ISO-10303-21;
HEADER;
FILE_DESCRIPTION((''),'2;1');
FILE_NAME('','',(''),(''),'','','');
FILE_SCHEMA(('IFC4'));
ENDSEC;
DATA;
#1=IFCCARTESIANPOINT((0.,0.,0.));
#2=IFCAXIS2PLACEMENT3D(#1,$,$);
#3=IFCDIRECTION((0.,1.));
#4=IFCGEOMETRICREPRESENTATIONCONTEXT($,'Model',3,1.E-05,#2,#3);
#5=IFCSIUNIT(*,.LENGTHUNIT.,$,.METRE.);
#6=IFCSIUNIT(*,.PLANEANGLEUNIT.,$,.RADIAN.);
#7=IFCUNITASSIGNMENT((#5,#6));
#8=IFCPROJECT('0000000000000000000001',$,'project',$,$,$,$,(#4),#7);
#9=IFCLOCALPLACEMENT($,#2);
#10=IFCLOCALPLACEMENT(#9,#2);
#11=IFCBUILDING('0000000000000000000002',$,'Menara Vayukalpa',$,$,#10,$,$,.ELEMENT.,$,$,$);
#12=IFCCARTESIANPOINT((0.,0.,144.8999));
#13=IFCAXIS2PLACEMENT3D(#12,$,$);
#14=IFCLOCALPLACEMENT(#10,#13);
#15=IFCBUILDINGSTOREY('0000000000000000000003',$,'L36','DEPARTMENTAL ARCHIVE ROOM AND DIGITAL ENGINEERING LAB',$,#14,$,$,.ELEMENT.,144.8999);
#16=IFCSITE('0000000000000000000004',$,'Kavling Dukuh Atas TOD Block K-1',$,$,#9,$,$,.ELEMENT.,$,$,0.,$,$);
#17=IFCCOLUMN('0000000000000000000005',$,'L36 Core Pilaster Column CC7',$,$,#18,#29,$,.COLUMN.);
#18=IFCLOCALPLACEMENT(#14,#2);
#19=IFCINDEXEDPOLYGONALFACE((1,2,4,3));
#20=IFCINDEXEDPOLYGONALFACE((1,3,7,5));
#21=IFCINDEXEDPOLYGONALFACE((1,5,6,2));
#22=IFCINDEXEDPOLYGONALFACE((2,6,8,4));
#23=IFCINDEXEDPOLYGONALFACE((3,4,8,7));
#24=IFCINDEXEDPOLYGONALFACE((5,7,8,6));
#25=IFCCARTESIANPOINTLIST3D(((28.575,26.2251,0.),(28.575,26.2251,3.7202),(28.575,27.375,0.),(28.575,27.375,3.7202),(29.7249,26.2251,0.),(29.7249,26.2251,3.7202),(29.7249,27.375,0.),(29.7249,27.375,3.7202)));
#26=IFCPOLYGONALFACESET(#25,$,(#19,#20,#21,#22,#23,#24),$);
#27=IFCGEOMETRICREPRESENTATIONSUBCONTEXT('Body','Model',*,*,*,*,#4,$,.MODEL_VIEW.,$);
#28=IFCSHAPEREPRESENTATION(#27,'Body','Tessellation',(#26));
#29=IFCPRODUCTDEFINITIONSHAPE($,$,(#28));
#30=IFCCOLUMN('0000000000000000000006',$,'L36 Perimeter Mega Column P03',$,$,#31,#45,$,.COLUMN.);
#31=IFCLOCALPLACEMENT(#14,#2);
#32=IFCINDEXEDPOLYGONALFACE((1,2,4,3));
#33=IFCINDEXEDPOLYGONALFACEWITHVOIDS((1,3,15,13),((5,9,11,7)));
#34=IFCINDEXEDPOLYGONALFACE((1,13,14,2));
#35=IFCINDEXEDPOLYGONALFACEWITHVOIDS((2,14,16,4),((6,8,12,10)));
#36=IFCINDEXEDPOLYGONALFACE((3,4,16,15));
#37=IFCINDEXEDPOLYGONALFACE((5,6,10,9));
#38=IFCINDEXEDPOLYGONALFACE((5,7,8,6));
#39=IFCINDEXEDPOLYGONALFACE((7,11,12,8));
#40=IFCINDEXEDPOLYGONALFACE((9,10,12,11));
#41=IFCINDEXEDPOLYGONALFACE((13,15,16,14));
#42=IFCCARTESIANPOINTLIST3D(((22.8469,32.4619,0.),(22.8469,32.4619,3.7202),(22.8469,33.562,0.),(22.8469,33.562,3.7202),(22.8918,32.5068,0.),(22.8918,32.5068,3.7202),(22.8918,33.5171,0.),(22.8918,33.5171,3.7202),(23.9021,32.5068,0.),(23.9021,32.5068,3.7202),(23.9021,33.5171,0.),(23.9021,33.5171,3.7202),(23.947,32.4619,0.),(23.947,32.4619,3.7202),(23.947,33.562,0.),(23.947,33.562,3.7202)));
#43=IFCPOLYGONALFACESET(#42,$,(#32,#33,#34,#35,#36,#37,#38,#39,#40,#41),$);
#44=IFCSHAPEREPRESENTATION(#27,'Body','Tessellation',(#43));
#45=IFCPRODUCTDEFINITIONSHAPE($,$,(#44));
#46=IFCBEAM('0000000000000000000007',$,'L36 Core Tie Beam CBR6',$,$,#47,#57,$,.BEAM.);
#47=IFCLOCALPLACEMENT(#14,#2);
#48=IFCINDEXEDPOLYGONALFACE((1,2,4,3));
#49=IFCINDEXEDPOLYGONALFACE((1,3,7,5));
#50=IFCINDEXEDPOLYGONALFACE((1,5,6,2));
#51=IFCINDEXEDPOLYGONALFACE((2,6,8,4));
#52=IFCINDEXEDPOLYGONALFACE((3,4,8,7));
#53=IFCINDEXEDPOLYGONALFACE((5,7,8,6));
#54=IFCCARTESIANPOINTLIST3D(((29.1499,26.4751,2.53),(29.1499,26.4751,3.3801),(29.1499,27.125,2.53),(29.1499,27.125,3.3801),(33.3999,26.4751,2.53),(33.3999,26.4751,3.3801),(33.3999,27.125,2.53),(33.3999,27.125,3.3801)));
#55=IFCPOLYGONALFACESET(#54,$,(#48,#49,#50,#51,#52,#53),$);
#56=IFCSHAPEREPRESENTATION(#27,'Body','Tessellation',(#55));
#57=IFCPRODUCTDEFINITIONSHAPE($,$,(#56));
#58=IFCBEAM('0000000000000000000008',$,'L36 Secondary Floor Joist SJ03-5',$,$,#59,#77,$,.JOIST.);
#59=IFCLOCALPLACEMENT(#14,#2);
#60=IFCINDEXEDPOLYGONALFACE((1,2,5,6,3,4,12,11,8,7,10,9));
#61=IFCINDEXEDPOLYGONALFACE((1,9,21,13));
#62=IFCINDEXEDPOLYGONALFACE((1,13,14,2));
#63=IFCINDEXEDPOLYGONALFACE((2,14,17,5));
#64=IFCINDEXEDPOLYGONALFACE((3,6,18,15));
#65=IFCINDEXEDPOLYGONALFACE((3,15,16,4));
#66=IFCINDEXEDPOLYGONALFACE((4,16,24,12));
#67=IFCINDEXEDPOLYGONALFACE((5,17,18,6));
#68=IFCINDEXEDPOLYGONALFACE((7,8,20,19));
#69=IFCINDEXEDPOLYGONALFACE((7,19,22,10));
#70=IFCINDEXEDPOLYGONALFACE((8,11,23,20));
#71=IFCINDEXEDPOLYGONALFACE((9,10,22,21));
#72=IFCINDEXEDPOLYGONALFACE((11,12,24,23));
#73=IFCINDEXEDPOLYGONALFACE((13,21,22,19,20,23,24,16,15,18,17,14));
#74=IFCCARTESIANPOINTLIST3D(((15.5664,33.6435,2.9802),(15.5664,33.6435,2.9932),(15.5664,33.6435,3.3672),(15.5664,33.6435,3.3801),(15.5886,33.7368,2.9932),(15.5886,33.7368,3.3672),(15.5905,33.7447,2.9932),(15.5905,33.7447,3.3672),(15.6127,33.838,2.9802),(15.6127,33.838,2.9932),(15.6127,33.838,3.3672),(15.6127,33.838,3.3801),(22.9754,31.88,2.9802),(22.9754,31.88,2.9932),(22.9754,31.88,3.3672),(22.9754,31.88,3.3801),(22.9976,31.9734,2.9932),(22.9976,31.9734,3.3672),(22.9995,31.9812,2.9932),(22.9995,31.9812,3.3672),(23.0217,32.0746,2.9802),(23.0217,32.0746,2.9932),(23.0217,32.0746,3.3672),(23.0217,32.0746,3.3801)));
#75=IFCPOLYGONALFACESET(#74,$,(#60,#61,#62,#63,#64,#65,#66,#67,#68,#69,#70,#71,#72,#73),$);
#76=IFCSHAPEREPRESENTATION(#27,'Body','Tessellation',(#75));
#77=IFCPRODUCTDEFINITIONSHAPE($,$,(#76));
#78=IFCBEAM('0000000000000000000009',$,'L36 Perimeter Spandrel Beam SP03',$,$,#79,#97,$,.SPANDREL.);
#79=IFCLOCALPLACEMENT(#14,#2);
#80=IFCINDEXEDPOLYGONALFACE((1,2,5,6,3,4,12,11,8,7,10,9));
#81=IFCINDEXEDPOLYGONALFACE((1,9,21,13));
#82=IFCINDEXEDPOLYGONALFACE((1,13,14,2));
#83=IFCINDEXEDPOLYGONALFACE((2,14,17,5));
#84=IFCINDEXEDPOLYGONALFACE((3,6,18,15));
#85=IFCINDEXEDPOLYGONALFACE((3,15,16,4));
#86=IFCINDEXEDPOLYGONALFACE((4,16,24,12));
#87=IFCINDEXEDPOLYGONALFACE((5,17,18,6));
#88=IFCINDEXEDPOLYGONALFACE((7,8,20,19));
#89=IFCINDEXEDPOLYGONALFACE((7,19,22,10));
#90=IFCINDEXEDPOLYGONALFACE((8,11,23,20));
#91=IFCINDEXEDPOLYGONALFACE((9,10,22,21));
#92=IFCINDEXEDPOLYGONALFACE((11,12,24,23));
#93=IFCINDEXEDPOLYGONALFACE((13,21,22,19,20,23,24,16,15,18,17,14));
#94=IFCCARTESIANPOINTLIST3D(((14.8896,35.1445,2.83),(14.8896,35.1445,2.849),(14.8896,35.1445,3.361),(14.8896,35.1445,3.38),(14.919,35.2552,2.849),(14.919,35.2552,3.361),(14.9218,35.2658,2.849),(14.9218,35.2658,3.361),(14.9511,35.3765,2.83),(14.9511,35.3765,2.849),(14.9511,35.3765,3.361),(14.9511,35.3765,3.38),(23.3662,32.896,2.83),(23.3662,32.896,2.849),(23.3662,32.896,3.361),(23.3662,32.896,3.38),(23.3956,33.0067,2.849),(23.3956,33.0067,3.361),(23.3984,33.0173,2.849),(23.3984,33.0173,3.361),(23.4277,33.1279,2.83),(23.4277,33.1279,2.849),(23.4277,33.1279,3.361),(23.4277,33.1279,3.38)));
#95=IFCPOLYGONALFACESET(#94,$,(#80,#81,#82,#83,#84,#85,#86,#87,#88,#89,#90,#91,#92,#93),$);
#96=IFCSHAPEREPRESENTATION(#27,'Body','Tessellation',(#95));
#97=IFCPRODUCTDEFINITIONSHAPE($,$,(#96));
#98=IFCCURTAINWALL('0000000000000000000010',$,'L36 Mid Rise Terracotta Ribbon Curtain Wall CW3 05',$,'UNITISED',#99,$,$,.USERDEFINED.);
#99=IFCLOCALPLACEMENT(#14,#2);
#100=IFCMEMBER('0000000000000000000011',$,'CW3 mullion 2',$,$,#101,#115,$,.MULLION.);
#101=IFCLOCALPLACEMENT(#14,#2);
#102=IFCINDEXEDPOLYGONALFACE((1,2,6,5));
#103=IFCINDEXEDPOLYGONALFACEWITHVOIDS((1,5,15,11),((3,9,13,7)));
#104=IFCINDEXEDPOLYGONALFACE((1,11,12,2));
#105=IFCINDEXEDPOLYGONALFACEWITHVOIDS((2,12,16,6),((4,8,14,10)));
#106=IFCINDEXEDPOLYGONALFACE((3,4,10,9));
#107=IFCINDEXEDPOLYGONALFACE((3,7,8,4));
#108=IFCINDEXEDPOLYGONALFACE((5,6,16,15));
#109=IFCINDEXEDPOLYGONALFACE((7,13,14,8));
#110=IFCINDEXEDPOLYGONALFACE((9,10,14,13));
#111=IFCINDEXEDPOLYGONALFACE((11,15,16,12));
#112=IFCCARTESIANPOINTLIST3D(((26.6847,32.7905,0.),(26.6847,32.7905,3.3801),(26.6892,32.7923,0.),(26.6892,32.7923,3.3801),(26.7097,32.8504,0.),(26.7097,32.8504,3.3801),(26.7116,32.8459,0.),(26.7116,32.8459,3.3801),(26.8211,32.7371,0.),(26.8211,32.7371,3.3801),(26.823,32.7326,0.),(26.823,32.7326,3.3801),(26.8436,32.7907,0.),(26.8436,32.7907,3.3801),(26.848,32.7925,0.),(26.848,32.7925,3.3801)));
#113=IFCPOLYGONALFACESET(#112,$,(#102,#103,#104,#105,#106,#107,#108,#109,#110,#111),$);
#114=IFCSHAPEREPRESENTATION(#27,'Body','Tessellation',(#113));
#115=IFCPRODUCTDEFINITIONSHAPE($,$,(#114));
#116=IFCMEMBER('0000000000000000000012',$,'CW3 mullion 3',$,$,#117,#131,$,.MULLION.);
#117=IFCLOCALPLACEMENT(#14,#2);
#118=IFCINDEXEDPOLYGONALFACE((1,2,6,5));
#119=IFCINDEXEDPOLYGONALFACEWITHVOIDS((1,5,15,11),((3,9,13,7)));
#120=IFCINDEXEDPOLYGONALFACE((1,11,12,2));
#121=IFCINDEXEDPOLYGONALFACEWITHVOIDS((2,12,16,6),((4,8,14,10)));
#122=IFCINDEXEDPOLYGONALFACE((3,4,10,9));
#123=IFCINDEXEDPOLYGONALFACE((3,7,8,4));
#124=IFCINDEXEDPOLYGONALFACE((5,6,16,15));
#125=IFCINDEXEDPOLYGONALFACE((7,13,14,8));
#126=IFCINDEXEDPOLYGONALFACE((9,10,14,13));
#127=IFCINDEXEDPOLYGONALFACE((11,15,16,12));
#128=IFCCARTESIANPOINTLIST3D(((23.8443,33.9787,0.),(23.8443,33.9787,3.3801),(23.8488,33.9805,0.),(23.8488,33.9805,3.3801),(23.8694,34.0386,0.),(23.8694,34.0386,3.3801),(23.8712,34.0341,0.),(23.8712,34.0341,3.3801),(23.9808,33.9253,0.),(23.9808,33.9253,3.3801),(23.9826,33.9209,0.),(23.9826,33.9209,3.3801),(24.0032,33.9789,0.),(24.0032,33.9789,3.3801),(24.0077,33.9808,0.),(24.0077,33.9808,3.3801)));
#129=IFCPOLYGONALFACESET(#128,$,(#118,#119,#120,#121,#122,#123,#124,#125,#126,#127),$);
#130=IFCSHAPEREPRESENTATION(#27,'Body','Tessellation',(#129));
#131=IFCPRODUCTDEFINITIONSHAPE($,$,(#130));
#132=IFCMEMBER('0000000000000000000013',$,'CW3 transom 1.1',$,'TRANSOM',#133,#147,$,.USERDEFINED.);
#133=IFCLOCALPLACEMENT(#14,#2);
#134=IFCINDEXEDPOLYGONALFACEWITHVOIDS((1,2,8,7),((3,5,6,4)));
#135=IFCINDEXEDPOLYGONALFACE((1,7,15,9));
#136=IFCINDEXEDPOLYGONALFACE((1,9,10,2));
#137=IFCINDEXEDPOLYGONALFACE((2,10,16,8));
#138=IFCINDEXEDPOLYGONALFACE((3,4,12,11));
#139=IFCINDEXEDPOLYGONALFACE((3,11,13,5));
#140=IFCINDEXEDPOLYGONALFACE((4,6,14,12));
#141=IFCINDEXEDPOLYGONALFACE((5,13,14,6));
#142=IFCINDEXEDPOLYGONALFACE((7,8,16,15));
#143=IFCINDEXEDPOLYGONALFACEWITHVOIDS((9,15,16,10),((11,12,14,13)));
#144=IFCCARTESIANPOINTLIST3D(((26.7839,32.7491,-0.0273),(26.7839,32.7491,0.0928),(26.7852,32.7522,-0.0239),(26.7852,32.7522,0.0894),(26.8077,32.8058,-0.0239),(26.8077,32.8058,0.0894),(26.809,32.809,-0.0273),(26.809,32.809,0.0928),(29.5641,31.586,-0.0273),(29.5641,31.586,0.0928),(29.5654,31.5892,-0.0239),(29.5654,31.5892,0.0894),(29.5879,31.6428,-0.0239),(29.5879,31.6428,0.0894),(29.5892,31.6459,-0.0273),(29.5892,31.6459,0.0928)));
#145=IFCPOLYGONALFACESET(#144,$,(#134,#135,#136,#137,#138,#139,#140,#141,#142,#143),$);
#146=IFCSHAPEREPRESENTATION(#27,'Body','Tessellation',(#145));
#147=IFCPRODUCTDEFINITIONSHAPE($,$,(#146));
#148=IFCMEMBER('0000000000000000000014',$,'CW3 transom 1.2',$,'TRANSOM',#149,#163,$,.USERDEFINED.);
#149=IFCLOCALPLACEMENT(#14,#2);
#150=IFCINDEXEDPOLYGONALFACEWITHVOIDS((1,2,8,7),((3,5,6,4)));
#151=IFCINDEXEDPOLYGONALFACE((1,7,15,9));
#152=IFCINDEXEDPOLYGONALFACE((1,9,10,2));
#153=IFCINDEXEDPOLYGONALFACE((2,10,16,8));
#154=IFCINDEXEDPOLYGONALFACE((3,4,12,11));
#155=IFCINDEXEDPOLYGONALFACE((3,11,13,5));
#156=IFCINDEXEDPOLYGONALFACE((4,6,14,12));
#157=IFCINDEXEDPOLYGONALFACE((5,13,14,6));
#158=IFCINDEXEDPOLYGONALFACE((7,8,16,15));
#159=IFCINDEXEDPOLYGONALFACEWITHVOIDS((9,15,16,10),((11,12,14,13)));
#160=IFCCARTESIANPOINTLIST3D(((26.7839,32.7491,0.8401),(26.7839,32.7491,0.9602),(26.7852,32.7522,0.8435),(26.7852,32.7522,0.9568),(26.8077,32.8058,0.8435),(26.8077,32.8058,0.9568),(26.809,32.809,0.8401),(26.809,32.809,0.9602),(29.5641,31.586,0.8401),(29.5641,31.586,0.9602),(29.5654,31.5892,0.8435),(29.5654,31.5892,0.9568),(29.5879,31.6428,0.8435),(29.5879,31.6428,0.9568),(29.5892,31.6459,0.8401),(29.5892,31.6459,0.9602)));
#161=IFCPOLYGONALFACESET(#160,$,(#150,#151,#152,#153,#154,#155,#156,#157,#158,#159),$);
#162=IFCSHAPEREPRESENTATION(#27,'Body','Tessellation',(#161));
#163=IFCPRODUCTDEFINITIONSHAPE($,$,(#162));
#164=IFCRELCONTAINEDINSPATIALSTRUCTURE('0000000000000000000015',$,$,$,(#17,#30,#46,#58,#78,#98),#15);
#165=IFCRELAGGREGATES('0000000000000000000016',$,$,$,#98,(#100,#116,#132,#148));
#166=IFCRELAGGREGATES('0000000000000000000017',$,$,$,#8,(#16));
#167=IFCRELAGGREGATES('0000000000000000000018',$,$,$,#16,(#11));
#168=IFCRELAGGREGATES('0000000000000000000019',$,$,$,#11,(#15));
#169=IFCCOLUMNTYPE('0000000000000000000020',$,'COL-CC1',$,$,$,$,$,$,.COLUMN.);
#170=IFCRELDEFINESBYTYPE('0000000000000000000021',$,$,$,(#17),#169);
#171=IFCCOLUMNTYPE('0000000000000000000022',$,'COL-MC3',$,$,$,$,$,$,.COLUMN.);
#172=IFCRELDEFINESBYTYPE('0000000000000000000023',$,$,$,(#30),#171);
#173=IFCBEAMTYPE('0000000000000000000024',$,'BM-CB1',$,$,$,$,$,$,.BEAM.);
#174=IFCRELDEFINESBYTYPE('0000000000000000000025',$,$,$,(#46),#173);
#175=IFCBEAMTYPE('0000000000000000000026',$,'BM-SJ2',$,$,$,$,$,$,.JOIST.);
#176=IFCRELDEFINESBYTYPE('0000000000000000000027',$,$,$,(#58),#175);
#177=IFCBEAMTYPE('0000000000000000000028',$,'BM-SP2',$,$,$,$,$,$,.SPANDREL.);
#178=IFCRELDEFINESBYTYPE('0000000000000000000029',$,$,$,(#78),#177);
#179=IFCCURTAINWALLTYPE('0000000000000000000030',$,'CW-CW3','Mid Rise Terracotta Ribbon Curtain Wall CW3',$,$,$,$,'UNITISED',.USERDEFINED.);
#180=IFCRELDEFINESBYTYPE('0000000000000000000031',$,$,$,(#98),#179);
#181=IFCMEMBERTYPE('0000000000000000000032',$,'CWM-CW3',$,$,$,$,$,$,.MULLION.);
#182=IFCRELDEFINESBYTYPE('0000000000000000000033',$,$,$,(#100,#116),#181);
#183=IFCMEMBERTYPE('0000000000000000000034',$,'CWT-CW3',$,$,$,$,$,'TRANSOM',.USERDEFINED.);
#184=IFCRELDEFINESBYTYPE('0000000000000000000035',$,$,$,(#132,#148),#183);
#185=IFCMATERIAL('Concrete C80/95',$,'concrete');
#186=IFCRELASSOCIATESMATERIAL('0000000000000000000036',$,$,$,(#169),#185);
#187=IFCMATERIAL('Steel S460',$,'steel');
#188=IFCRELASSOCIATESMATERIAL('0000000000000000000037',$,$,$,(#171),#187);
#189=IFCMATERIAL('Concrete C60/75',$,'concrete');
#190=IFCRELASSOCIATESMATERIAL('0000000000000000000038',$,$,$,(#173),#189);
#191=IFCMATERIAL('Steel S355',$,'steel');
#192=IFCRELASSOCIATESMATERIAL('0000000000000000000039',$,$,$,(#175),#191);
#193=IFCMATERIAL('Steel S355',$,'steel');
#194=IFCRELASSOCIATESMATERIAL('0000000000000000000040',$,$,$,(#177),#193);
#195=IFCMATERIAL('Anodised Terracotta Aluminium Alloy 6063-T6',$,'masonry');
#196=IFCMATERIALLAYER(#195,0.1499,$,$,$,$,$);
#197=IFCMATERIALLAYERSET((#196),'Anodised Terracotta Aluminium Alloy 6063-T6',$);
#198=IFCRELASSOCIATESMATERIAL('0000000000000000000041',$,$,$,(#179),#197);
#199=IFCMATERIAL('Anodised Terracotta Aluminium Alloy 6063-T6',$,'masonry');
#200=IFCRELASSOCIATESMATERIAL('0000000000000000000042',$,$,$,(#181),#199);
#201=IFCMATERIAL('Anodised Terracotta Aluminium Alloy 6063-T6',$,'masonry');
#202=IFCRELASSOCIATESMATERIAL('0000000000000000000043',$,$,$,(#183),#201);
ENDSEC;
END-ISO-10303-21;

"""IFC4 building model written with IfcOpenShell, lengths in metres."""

from ifc_helpers import new_model, si_unit, direction, frame, origin, origin_2d, place, context, subcontext, project, spatial, rectangle, hollow_rectangle, i_section, extrude, material, layer, layer_set, material_profile, profile_set, type_object, element, aggregate, save


model = new_model("IFC4")

# Units and contexts
model_context = context("Model", 3, precision=1e-05, world=origin(), true_north=direction((0.0, 1.0)))
body_context = subcontext(model_context, "Body", "Model", "MODEL_VIEW")
ifc_project = project(units=[si_unit("LENGTHUNIT", "METRE"), si_unit("PLANEANGLEUNIT", "RADIAN")], contexts=[model_context])

# Site, building, storey
site_placement = place(None, origin())
site = spatial("IfcSite", under=ifc_project, at=site_placement, Name="Kavling Dukuh Atas TOD Block K-1", CompositionType="ELEMENT", RefElevation=0.0)
building_placement = place(site_placement, origin())
building = spatial("IfcBuilding", under=site, at=building_placement, Name="Menara Vayukalpa", CompositionType="ELEMENT")
storey_placement = place(building_placement, frame((0.0, 0.0, 144.8999)))
storey = spatial("IfcBuildingStorey", under=building, at=storey_placement, Name="L36", Description="DEPARTMENTAL ARCHIVE ROOM AND DIGITAL ENGINEERING LAB", CompositionType="ELEMENT", Elevation=144.8999)

# Columns
ifc_material_1 = material(Name="Concrete C80/95", Category="concrete")
ifc_material_profile_1 = material_profile(ifc_material_1, rectangle(XDim=1.1499, YDim=1.1499, at=origin_2d()), Name="RC 1150x1150")
ifc_profile_set_1 = profile_set([ifc_material_profile_1], Name="Concrete C80/95")
column_type_1 = type_object("IfcColumnType", Name="COL-CC1", PredefinedType="COLUMN", material=ifc_profile_set_1)
column_1_placement = place(storey_placement, frame((29.1499, 26.8, 0.0), z_axis=(0.0, 0.0, 1.0), x_axis=(1.0, 0.0, 0.0)))
element("IfcColumn", 1, at=column_1_placement, inside=storey, type_object=column_type_1, Name="L36 Core Pilaster Column CC7", PredefinedType="COLUMN", context=body_context, shape_type="SweptSolid", body=[
    extrude(rectangle(XDim=1.1499, YDim=1.1499, at=origin_2d()), origin(), (0.0, 0.0, 1.0), 3.7202),
])
ifc_material_2 = material(Name="Steel S460", Category="steel")
ifc_material_profile_2 = material_profile(ifc_material_2, hollow_rectangle(XDim=1.1001, YDim=1.1001, WallThickness=0.0449, at=origin_2d()), Name="BOX 1100x1100x45")
ifc_profile_set_2 = profile_set([ifc_material_profile_2], Name="Steel S460")
column_type_2 = type_object("IfcColumnType", Name="COL-MC3", PredefinedType="COLUMN", material=ifc_profile_set_2)
column_2_placement = place(storey_placement, frame((23.397, 33.012, 0.0), z_axis=(0.0, 0.0, 1.0), x_axis=(1.0, 0.0, 0.0)))
element("IfcColumn", 2, at=column_2_placement, inside=storey, type_object=column_type_2, Name="L36 Perimeter Mega Column P03", PredefinedType="COLUMN", context=body_context, shape_type="SweptSolid", body=[
    extrude(hollow_rectangle(XDim=1.1001, YDim=1.1001, WallThickness=0.0449, at=origin_2d()), origin(), (0.0, 0.0, 1.0), 3.7202),
])

# Beams
ifc_material_3 = material(Name="Concrete C60/75", Category="concrete")
ifc_material_profile_3 = material_profile(ifc_material_3, rectangle(XDim=0.6499, YDim=0.8501, at=origin_2d()), Name="RC 650x850")
ifc_profile_set_3 = profile_set([ifc_material_profile_3], Name="Concrete C60/75")
beam_type_1 = type_object("IfcBeamType", Name="BM-CB1", PredefinedType="BEAM", material=ifc_profile_set_3)
beam_1_placement = place(storey_placement, frame((29.1499, 26.8, 2.9551), z_axis=(1.0, 0.0, 0.0), x_axis=(0.0, 1.0, 0.0)))
element("IfcBeam", 3, at=beam_1_placement, inside=storey, type_object=beam_type_1, Name="L36 Core Tie Beam CBR6", PredefinedType="BEAM", context=body_context, shape_type="SweptSolid", body=[
    extrude(rectangle(XDim=0.6499, YDim=0.8501, at=origin_2d()), origin(), (0.0, 0.0, 1.0), 4.25),
])
ifc_material_4 = material(Name="Steel S355", Category="steel")
ifc_material_profile_4 = material_profile(ifc_material_4, i_section(OverallWidth=0.2, OverallDepth=0.3999, WebThickness=0.0081, FlangeThickness=0.0129, at=origin_2d()), Name="WF 400x200x8x13")
ifc_profile_set_4 = profile_set([ifc_material_profile_4], Name="Steel S355")
beam_type_2 = type_object("IfcBeamType", Name="BM-SJ2", PredefinedType="JOIST", material=ifc_profile_set_4)
beam_2_placement = place(storey_placement, frame((22.9985, 31.9773, 3.1802), z_axis=(-0.972824, 0.231545, 0.0), x_axis=(-0.231545, -0.972824, 0.0)))
element("IfcBeam", 4, at=beam_2_placement, inside=storey, type_object=beam_type_2, Name="L36 Secondary Floor Joist SJ03-5", PredefinedType="JOIST", context=body_context, shape_type="SweptSolid", body=[
    extrude(i_section(OverallWidth=0.2, OverallDepth=0.3999, WebThickness=0.0081, FlangeThickness=0.0129, at=origin_2d()), origin(), (0.0, 0.0, 1.0), 7.616),
])
ifc_material_5 = material(Name="Steel S355", Category="steel")
ifc_material_profile_5 = material_profile(ifc_material_5, i_section(OverallWidth=0.24, OverallDepth=0.55, WebThickness=0.011, FlangeThickness=0.019, at=origin_2d()), Name="WF 550x240x11x19")
ifc_profile_set_5 = profile_set([ifc_material_profile_5], Name="Steel S355")
beam_type_3 = type_object("IfcBeamType", Name="BM-SP2", PredefinedType="SPANDREL", material=ifc_profile_set_5)
beam_3_placement = place(storey_placement, frame((23.397, 33.012, 3.105), z_axis=(-0.966571, 0.256398, 0.0), x_axis=(-0.256398, -0.966571, 0.0)))
element("IfcBeam", 5, at=beam_3_placement, inside=storey, type_object=beam_type_3, Name="L36 Perimeter Spandrel Beam SP03", PredefinedType="SPANDREL", context=body_context, shape_type="SweptSolid", body=[
    extrude(i_section(OverallWidth=0.24, OverallDepth=0.55, WebThickness=0.011, FlangeThickness=0.019, at=origin_2d()), origin(), (0.0, 0.0, 1.0), 8.7698),
])

# Curtain wall, members
ifc_material_6 = material(Name="Anodised Terracotta Aluminium Alloy 6063-T6", Category="masonry")
ifc_layer_1 = layer(ifc_material_6, 0.1499)
ifc_layer_set_1 = layer_set([ifc_layer_1], Name="Anodised Terracotta Aluminium Alloy 6063-T6")
curtain_wall_type = type_object("IfcCurtainWallType", Name="CW-CW3", Description="Mid Rise Terracotta Ribbon Curtain Wall CW3", ElementType="UNITISED", PredefinedType="USERDEFINED", material=ifc_layer_set_1)
curtain_wall_placement = place(storey_placement, origin())
curtain_wall = element("IfcCurtainWall", 6, at=curtain_wall_placement, inside=storey, type_object=curtain_wall_type, Name="L36 Mid Rise Terracotta Ribbon Curtain Wall CW3 05", ObjectType="UNITISED", PredefinedType="USERDEFINED")
ifc_material_7 = material(Name="Anodised Terracotta Aluminium Alloy 6063-T6", Category="masonry")
ifc_material_profile_6 = material_profile(ifc_material_7, hollow_rectangle(XDim=0.0649, YDim=0.1499, WallThickness=0.0034, at=origin_2d()), Name="ALU 65x150x3.5")
ifc_profile_set_6 = profile_set([ifc_material_profile_6], Name="Anodised Terracotta Aluminium Alloy 6063-T6")
member_type_1 = type_object("IfcMemberType", Name="CWM-CW3", PredefinedType="MULLION", material=ifc_profile_set_6)
member_1_placement = place(storey_placement, frame((26.7664, 32.7915, 0.0), z_axis=(0.0, 0.0, 1.0), x_axis=(-0.385886, -0.922546, 0.0)))
member_1 = element("IfcMember", 7, at=member_1_placement, type_object=member_type_1, Name="CW3 mullion 2", PredefinedType="MULLION", context=body_context, shape_type="SweptSolid", body=[
    extrude(hollow_rectangle(XDim=0.0649, YDim=0.1499, WallThickness=0.0034, at=origin_2d()), origin(), (0.0, 0.0, 1.0), 3.3801),
])
member_2_placement = place(storey_placement, frame((23.926, 33.9797, 0.0), z_axis=(0.0, 0.0, 1.0), x_axis=(-0.385886, -0.922546, 0.0)))
member_2 = element("IfcMember", 8, at=member_2_placement, type_object=member_type_1, Name="CW3 mullion 3", PredefinedType="MULLION", context=body_context, shape_type="SweptSolid", body=[
    extrude(hollow_rectangle(XDim=0.0649, YDim=0.1499, WallThickness=0.0034, at=origin_2d()), origin(), (0.0, 0.0, 1.0), 3.3801),
])
ifc_material_8 = material(Name="Anodised Terracotta Aluminium Alloy 6063-T6", Category="masonry")
ifc_material_profile_7 = material_profile(ifc_material_8, hollow_rectangle(XDim=0.0649, YDim=0.1201, WallThickness=0.0034, at=origin_2d()), Name="ALU 65x120x3.5")
ifc_profile_set_7 = profile_set([ifc_material_profile_7], Name="Anodised Terracotta Aluminium Alloy 6063-T6")
member_type_2 = type_object("IfcMemberType", Name="CWT-CW3", ElementType="TRANSOM", PredefinedType="USERDEFINED", material=ifc_profile_set_7)
member_3_placement = place(storey_placement, frame((29.5767, 31.616, 0.0327), z_axis=(-0.92253, 0.385926, 0.0), x_axis=(-0.385926, -0.92253, 0.0)))
member_3 = element("IfcMember", 9, at=member_3_placement, type_object=member_type_2, Name="CW3 transom 1.1", ObjectType="TRANSOM", PredefinedType="USERDEFINED", context=body_context, shape_type="SweptSolid", body=[
    extrude(hollow_rectangle(XDim=0.0649, YDim=0.1201, WallThickness=0.0034, at=origin_2d()), origin(), (0.0, 0.0, 1.0), 3.0137),
])
member_4_placement = place(storey_placement, frame((29.5767, 31.616, 0.9001), z_axis=(-0.92253, 0.385926, 0.0), x_axis=(-0.385926, -0.92253, 0.0)))
member_4 = element("IfcMember", 10, at=member_4_placement, type_object=member_type_2, Name="CW3 transom 1.2", ObjectType="TRANSOM", PredefinedType="USERDEFINED", context=body_context, shape_type="SweptSolid", body=[
    extrude(hollow_rectangle(XDim=0.0649, YDim=0.1201, WallThickness=0.0034, at=origin_2d()), origin(), (0.0, 0.0, 1.0), 3.0137),
])
aggregate(curtain_wall, [member_1, member_2, member_3, member_4])

save(model, "model.ifc")
